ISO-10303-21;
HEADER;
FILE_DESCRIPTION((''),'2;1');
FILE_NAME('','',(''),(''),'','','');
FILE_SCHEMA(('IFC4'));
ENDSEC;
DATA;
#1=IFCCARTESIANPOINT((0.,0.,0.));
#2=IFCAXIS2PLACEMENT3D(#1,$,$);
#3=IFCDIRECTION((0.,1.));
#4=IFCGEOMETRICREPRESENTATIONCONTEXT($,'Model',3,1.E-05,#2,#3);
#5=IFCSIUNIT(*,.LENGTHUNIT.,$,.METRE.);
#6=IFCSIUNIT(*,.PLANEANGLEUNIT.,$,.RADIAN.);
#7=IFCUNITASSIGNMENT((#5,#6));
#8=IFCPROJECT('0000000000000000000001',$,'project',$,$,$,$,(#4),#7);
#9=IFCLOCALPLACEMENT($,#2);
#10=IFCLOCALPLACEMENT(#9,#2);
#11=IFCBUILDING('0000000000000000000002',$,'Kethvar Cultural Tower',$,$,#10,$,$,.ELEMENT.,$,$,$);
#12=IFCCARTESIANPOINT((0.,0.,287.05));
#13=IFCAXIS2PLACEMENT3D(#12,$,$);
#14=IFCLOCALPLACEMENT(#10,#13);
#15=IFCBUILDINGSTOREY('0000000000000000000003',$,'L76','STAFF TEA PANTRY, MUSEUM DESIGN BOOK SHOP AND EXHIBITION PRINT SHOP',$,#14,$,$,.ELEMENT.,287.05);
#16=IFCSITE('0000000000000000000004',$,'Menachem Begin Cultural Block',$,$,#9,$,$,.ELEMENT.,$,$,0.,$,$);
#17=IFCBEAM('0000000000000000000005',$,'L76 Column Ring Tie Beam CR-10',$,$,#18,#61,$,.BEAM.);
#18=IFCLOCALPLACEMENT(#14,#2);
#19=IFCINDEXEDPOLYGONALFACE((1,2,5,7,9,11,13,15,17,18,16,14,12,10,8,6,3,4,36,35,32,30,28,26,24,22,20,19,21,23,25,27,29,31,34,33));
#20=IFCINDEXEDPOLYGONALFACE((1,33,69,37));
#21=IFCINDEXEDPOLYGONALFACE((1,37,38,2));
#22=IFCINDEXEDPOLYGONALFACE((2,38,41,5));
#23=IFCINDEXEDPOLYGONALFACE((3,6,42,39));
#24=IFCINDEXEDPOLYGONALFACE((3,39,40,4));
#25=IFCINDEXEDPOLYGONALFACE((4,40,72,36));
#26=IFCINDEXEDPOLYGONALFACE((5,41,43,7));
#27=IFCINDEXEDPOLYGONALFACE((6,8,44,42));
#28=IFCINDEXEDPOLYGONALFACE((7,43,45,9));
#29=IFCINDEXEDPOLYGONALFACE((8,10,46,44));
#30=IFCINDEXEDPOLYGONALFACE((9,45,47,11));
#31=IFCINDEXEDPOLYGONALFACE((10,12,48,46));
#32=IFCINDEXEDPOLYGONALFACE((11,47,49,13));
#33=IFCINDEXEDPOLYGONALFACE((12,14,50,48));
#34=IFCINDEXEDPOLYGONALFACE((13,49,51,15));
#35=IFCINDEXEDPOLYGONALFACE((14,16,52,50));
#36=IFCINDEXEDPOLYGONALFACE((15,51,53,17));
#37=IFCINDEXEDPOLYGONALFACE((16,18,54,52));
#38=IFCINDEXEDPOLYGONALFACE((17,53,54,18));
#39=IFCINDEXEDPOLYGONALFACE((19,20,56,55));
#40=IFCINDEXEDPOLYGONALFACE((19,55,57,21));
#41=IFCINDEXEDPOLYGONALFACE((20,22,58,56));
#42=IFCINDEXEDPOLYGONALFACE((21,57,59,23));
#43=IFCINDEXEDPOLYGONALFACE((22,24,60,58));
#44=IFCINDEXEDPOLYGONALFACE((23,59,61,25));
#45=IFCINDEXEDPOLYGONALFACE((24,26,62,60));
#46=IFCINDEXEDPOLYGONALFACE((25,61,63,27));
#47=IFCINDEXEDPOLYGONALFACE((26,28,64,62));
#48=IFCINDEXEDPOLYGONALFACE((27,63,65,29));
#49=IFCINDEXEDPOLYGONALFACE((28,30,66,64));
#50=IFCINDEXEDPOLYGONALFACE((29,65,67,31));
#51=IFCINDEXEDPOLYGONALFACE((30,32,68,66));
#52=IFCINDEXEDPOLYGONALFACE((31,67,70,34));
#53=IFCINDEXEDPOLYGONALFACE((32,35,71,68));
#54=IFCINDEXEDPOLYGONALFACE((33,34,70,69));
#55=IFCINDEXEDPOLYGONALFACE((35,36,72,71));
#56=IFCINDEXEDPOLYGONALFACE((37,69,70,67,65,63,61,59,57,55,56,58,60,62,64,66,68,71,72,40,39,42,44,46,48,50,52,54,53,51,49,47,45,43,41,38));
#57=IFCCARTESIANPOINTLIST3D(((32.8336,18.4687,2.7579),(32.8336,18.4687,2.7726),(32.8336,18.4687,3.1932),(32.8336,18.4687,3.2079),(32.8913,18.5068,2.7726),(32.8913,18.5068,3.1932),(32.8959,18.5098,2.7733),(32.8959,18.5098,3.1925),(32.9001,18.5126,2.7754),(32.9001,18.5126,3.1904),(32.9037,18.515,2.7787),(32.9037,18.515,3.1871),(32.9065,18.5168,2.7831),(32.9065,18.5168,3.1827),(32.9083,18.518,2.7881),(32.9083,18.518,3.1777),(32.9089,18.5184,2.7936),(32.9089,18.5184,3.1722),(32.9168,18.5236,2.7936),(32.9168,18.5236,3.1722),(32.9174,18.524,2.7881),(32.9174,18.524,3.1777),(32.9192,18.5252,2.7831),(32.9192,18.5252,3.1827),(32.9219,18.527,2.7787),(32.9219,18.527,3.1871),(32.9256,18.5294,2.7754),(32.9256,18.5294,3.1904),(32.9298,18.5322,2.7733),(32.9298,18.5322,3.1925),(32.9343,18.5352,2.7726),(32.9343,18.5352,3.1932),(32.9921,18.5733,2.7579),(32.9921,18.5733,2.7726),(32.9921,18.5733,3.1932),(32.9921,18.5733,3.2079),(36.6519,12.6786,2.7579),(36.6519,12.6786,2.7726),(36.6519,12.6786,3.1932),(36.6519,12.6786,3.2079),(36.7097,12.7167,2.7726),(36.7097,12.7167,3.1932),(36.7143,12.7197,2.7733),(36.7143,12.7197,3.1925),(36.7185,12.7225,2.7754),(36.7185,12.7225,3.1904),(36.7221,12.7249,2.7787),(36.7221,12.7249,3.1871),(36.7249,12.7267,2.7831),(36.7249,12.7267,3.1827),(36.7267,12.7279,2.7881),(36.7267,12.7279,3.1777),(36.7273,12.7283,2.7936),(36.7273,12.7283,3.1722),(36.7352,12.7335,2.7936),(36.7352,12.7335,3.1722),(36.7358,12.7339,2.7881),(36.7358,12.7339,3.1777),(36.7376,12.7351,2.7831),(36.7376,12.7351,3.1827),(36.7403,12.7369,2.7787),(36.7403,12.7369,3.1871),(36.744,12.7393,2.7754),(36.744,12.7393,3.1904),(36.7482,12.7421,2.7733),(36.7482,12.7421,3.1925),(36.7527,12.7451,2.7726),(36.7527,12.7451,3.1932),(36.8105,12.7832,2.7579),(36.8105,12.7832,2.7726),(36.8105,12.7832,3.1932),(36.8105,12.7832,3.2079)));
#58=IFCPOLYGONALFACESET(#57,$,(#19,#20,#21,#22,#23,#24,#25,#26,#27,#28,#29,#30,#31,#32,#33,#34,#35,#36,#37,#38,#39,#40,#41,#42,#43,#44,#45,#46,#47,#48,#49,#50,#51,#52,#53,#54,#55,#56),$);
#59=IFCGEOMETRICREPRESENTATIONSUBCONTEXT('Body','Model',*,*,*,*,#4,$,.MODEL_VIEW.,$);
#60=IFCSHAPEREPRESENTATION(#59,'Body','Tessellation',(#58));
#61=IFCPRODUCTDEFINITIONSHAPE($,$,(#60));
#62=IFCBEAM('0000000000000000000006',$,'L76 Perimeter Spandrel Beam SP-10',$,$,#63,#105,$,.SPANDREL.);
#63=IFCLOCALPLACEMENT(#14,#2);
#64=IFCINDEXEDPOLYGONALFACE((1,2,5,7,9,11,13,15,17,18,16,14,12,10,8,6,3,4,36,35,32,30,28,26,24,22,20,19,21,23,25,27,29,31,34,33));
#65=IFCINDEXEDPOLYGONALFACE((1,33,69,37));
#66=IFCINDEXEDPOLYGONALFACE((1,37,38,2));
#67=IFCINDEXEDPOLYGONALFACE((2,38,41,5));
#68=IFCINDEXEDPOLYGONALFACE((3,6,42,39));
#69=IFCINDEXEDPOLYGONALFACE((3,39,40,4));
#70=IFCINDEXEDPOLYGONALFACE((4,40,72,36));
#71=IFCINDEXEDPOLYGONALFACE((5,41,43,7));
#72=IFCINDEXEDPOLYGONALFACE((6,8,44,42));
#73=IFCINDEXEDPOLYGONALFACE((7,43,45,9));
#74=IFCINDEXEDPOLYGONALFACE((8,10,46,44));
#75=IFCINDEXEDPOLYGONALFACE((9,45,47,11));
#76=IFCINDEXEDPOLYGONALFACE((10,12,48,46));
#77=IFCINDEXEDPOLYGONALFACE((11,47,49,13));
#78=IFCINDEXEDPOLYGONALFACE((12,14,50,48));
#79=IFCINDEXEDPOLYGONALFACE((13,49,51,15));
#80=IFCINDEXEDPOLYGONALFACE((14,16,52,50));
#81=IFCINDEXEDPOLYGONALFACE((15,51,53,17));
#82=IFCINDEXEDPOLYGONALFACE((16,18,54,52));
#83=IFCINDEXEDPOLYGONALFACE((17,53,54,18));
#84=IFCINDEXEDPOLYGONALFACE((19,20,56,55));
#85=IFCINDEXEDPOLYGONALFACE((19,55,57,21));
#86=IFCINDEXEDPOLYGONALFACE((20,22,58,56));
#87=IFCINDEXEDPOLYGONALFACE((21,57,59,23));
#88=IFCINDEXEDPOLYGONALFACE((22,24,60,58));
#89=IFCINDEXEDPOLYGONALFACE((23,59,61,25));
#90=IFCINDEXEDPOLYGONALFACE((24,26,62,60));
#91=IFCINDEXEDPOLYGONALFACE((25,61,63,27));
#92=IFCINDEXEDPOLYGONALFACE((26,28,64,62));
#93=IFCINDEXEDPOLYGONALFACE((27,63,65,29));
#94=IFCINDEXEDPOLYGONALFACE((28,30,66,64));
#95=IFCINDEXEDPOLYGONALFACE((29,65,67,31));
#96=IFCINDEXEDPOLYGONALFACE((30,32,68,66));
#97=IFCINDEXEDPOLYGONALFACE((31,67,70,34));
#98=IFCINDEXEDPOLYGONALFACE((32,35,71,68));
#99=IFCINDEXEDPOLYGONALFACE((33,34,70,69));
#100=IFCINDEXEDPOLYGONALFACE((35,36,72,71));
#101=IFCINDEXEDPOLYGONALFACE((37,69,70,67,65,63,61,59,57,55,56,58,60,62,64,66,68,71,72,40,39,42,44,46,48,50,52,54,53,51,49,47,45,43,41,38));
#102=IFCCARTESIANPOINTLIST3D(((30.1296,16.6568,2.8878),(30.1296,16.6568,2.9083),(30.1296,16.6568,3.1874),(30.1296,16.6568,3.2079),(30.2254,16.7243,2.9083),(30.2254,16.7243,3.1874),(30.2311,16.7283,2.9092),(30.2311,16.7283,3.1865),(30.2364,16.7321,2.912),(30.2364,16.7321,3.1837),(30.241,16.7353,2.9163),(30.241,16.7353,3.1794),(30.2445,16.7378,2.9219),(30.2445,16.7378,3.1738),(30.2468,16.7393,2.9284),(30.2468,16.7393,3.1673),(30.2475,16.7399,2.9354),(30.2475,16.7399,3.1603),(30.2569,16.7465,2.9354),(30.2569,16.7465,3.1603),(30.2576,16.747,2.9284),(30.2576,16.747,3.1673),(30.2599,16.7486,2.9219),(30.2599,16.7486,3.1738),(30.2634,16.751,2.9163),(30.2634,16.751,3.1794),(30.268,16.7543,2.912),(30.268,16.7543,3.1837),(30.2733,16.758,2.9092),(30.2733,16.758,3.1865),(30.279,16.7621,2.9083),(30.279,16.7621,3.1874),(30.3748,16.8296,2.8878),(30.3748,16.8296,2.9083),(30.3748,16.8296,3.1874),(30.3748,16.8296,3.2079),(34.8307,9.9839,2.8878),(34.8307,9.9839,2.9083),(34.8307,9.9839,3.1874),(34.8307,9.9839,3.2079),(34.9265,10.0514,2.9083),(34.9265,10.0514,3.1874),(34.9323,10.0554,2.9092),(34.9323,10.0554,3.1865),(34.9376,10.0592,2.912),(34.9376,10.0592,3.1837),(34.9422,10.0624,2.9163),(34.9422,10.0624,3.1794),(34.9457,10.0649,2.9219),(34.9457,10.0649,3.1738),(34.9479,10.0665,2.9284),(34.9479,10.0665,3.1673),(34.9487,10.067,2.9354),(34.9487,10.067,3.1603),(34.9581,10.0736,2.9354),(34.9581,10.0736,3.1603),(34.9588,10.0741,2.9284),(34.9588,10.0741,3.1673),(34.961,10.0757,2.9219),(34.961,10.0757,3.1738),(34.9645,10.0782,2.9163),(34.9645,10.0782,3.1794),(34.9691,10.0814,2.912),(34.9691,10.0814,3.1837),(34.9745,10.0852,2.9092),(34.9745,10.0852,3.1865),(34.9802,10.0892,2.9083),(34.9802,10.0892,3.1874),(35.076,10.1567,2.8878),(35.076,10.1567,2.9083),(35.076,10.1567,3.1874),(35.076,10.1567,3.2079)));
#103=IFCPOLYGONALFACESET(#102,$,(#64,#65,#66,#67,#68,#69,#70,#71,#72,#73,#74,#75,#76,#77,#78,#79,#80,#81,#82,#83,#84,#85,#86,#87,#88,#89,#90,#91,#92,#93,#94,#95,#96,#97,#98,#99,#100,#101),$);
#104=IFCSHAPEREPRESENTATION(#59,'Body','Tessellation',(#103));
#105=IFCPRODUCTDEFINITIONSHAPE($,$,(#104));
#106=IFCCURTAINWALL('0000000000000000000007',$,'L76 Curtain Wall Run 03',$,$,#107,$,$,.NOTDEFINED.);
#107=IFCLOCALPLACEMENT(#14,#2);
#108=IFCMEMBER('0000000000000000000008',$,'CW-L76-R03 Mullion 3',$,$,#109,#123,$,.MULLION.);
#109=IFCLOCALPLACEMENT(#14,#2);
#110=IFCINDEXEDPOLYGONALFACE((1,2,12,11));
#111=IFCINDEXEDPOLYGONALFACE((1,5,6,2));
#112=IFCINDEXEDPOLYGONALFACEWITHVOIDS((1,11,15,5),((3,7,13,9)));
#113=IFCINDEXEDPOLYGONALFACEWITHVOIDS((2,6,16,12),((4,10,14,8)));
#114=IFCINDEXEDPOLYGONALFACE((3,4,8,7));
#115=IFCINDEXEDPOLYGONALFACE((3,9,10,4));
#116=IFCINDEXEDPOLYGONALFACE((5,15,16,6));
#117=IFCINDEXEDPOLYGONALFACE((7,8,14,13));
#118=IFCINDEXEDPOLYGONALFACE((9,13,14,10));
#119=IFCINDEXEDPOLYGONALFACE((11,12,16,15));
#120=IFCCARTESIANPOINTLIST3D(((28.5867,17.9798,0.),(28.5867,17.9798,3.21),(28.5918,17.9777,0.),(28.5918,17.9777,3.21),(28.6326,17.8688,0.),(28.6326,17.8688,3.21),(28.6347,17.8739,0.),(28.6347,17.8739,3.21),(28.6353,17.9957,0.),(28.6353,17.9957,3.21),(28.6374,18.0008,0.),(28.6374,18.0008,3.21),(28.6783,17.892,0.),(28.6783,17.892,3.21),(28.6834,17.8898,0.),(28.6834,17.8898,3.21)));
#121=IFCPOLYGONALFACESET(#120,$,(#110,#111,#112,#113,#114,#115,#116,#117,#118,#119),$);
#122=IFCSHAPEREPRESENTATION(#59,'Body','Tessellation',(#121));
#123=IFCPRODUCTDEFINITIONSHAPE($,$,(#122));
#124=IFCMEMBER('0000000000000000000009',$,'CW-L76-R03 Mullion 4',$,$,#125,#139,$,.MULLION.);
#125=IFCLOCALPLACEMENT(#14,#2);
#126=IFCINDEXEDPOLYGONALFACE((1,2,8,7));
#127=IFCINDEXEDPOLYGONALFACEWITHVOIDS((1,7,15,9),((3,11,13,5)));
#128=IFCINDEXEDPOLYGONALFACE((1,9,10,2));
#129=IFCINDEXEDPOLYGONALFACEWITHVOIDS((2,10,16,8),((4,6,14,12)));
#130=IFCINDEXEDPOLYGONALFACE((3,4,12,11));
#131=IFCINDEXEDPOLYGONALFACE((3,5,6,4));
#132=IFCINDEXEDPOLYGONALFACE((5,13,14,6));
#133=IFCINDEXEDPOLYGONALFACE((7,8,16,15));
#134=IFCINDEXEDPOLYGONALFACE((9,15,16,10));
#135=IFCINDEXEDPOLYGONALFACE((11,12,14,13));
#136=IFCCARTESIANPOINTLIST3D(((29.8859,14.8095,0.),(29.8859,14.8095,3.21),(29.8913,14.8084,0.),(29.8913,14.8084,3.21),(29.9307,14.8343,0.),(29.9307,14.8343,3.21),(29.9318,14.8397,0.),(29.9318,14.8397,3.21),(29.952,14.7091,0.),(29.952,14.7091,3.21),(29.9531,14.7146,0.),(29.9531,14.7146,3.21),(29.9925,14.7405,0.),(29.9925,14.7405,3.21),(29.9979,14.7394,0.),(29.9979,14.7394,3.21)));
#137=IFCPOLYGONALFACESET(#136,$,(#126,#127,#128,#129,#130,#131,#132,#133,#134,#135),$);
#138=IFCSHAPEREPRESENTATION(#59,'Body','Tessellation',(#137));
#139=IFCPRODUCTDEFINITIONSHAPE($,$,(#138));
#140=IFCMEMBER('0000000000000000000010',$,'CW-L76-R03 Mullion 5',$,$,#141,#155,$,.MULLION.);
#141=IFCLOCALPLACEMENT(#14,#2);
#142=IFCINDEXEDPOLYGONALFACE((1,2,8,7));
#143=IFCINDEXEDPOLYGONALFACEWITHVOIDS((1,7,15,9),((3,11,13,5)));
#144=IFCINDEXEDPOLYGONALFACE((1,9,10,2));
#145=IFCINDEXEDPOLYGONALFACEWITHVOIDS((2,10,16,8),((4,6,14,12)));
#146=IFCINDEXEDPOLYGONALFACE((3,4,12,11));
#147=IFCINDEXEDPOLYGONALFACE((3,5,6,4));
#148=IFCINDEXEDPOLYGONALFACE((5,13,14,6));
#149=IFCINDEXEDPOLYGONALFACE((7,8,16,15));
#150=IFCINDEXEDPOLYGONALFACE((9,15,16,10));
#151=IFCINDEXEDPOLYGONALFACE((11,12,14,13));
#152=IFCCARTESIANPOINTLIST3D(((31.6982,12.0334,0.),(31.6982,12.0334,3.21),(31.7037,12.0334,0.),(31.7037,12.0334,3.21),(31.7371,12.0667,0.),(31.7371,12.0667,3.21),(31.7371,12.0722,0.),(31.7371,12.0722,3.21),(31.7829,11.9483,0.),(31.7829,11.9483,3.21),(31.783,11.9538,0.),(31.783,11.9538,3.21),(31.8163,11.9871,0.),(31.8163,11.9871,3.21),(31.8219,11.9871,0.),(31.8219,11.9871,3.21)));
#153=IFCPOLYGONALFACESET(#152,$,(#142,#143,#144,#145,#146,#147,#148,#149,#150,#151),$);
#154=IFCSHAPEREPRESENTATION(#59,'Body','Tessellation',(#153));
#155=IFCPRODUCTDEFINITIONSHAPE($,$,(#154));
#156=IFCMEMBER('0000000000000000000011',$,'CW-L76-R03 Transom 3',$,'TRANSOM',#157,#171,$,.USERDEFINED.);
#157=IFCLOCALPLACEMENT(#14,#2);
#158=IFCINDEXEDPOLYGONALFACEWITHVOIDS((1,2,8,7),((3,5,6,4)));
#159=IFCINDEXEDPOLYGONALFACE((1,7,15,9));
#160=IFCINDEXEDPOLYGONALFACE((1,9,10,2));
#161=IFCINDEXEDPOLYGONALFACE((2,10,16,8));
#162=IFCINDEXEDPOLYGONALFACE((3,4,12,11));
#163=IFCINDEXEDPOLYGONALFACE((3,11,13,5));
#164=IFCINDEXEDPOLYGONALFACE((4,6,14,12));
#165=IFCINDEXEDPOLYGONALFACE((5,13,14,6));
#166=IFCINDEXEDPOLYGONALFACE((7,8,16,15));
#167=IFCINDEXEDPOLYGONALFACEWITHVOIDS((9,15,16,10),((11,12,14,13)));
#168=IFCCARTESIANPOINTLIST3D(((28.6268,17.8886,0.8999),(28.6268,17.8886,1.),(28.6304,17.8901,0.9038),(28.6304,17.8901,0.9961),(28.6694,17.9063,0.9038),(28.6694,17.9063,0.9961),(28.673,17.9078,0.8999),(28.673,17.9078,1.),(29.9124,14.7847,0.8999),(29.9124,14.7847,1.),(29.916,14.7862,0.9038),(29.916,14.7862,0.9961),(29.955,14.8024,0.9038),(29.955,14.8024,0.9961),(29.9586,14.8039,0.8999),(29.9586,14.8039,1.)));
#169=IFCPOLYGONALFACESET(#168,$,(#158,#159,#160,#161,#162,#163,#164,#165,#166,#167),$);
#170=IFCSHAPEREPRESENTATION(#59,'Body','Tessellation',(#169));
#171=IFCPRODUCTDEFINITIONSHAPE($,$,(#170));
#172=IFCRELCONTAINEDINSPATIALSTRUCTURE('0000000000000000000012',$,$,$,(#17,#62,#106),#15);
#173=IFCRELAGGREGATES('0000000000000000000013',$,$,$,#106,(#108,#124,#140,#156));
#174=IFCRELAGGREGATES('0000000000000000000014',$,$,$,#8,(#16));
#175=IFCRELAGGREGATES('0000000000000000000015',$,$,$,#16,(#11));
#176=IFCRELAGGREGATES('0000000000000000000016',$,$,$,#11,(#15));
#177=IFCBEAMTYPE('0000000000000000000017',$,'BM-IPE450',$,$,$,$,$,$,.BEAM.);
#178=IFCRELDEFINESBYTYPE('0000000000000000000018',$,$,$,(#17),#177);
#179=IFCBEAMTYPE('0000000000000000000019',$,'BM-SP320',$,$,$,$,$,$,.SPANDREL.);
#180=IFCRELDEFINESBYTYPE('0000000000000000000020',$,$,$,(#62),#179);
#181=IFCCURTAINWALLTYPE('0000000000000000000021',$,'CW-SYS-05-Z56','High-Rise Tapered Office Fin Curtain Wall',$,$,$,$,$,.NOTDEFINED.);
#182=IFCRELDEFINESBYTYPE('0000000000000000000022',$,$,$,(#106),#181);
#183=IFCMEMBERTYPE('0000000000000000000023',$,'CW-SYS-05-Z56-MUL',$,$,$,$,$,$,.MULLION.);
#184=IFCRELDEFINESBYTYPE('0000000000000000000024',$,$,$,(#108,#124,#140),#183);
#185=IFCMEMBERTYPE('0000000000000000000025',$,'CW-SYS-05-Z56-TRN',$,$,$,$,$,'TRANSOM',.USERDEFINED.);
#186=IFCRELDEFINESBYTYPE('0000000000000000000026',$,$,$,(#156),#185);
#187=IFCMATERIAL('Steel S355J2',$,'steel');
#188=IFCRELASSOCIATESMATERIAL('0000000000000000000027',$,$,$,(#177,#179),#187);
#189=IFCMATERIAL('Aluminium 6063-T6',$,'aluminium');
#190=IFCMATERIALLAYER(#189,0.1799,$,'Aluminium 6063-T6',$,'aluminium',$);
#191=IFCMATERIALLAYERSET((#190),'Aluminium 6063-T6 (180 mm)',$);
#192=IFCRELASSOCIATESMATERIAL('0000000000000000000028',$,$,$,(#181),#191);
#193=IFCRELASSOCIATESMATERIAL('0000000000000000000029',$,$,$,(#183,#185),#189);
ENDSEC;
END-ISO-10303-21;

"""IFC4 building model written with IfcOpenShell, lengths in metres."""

from ifc_helpers import new_model, si_unit, direction, frame, origin, origin_2d, place, context, subcontext, project, spatial, hollow_rectangle, i_section, extrude, source, transform, mapped, material, layer, layer_set, material_profile, profile_set, type_object, element, aggregate, save


model = new_model("IFC4")

# Units and contexts
model_context = context("Model", 3, precision=1e-05, world=origin(), true_north=direction((0.0, 1.0)))
body_context = subcontext(model_context, "Body", "Model", "MODEL_VIEW")
ifc_project = project(units=[si_unit("LENGTHUNIT", "METRE"), si_unit("PLANEANGLEUNIT", "RADIAN")], contexts=[model_context])

# Site, building, storey
site_placement = place(None, origin())
site = spatial("IfcSite", under=ifc_project, at=site_placement, Name="Menachem Begin Cultural Block", CompositionType="ELEMENT", RefElevation=0.0)
building_placement = place(site_placement, origin())
building = spatial("IfcBuilding", under=site, at=building_placement, Name="Kethvar Cultural Tower", CompositionType="ELEMENT")
storey_placement = place(building_placement, frame((0.0, 0.0, 287.05)))
storey = spatial("IfcBuildingStorey", under=building, at=storey_placement, Name="L76", Description="STAFF TEA PANTRY, MUSEUM DESIGN BOOK SHOP AND EXHIBITION PRINT SHOP", CompositionType="ELEMENT", Elevation=287.05)

# Shared definitions
ifc_material_1 = material(Name="Steel S355J2", Category="steel")

# Beams
ifc_material_profile_1 = material_profile(ifc_material_1, i_section(OverallWidth=0.1899, OverallDepth=0.45, WebThickness=0.0095, FlangeThickness=0.0146, FilletRadius=0.021, at=origin_2d()), Name="Steel S355J2 — IPE450")
ifc_profile_set_1 = profile_set([ifc_material_profile_1], Name="Steel S355J2 — IPE450")
beam_type_1 = type_object("IfcBeamType", Name="BM-IPE450", PredefinedType="BEAM", material=ifc_profile_set_1)
ifc_material_profile_2 = material_profile(ifc_material_1, i_section(OverallWidth=0.3, OverallDepth=0.3201, WebThickness=0.0115, FlangeThickness=0.0205, FilletRadius=0.0271, at=origin_2d()), Name="Steel S355J2 — HEB320")
ifc_profile_set_2 = profile_set([ifc_material_profile_2], Name="Steel S355J2 — HEB320")
beam_type_2 = type_object("IfcBeamType", Name="BM-SP320", PredefinedType="SPANDREL", material=ifc_profile_set_2)
shared_shape_1 = source(origin(), body_context, "Body", "SweptSolid", [
    extrude(i_section(OverallWidth=0.1899, OverallDepth=0.45, WebThickness=0.0095, FlangeThickness=0.0146, FilletRadius=0.021, at=origin_2d()), origin(), (0.0, 0.0, 1.0), 6.9358),
])
beam_1_placement = place(storey_placement, frame((32.9128, 18.521, 2.9829), z_axis=(0.550534, -0.834813, 0.0), x_axis=(0.834813, 0.550534, 0.0)))
element("IfcBeam", 1, at=beam_1_placement, inside=storey, type_object=beam_type_1, Name="L76 Column Ring Tie Beam CR-10", PredefinedType="BEAM", context=body_context, shape_type="MappedRepresentation", body=[
    mapped(shared_shape_1, transform((0.0, 0.0, 0.0), scale=1.0)),
])
shared_shape_2 = source(origin(), body_context, "Body", "SweptSolid", [
    extrude(i_section(OverallWidth=0.3, OverallDepth=0.3201, WebThickness=0.0115, FlangeThickness=0.0205, FilletRadius=0.0271, at=origin_2d()), origin(), (0.0, 0.0, 1.0), 8.1626),
])
beam_2_placement = place(storey_placement, frame((30.2522, 16.7432, 3.0479), z_axis=(0.575941, -0.817491, 0.0), x_axis=(0.817491, 0.575941, 0.0)))
element("IfcBeam", 2, at=beam_2_placement, inside=storey, type_object=beam_type_2, Name="L76 Perimeter Spandrel Beam SP-10", PredefinedType="SPANDREL", context=body_context, shape_type="MappedRepresentation", body=[
    mapped(shared_shape_2, transform((0.0, 0.0, 0.0), scale=1.0)),
])

# Curtain wall, members
ifc_material_2 = material(Name="Aluminium 6063-T6", Category="aluminium")
ifc_layer_1 = layer(ifc_material_2, 0.1799, Name="Aluminium 6063-T6", Category="aluminium")
ifc_layer_set_1 = layer_set([ifc_layer_1], Name="Aluminium 6063-T6 (180 mm)")
curtain_wall_type = type_object("IfcCurtainWallType", Name="CW-SYS-05-Z56", Description="High-Rise Tapered Office Fin Curtain Wall", PredefinedType="NOTDEFINED", material=ifc_layer_set_1)
curtain_wall_placement = place(storey_placement, origin())
curtain_wall = element("IfcCurtainWall", 3, at=curtain_wall_placement, inside=storey, type_object=curtain_wall_type, Name="L76 Curtain Wall Run 03", PredefinedType="NOTDEFINED")
ifc_material_profile_3 = material_profile(ifc_material_2, hollow_rectangle(XDim=0.0549, YDim=0.1201, WallThickness=0.0039, at=origin_2d()), Name="Aluminium 6063-T6 — RHS120x55x4")
ifc_profile_set_3 = profile_set([ifc_material_profile_3], Name="Aluminium 6063-T6 — RHS120x55x4")
member_type_1 = type_object("IfcMemberType", Name="CW-SYS-05-Z56-MUL", PredefinedType="MULLION", material=ifc_profile_set_3)
shared_shape_3 = source(origin(), body_context, "Body", "SweptSolid", [
    extrude(hollow_rectangle(XDim=0.0549, YDim=0.1201, WallThickness=0.0039, at=origin_2d()), origin(), (0.0, 0.0, 1.0), 3.21),
])
member_1_placement = place(storey_placement, frame((28.635, 17.9348, 0.0), z_axis=(0.0, 0.0, 1.0), x_axis=(0.923893, 0.382651, 0.0)))
member_1 = element("IfcMember", 4, at=member_1_placement, type_object=member_type_1, Name="CW-L76-R03 Mullion 3", PredefinedType="MULLION", context=body_context, shape_type="MappedRepresentation", body=[
    mapped(shared_shape_3, transform((0.0, 0.0, 0.0), scale=1.0)),
])
member_2_placement = place(storey_placement, frame((29.9419, 14.7744, 0.0), z_axis=(0.0, 0.0, 1.0), x_axis=(0.835146, 0.550029, 0.0)))
member_2 = element("IfcMember", 5, at=member_2_placement, type_object=member_type_1, Name="CW-L76-R03 Mullion 4", PredefinedType="MULLION", context=body_context, shape_type="MappedRepresentation", body=[
    mapped(shared_shape_3, transform((0.0, 0.0, 0.0), scale=1.0)),
])
member_3_placement = place(storey_placement, frame((31.76, 12.0103, 0.0), z_axis=(0.0, 0.0, 1.0), x_axis=(0.708352, 0.705859, 0.0)))
member_3 = element("IfcMember", 6, at=member_3_placement, type_object=member_type_1, Name="CW-L76-R03 Mullion 5", PredefinedType="MULLION", context=body_context, shape_type="MappedRepresentation", body=[
    mapped(shared_shape_3, transform((0.0, 0.0, 0.0), scale=1.0)),
])
ifc_material_profile_4 = material_profile(ifc_material_2, hollow_rectangle(XDim=0.05, YDim=0.1001, WallThickness=0.0039, at=origin_2d()), Name="Aluminium 6063-T6 — RHS100x50x4")
ifc_profile_set_4 = profile_set([ifc_material_profile_4], Name="Aluminium 6063-T6 — RHS100x50x4")
member_type_2 = type_object("IfcMemberType", Name="CW-SYS-05-Z56-TRN", ElementType="TRANSOM", PredefinedType="USERDEFINED", material=ifc_profile_set_4)
shared_shape_4 = source(origin(), body_context, "Body", "SweptSolid", [
    extrude(hollow_rectangle(XDim=0.05, YDim=0.1001, WallThickness=0.0039, at=origin_2d()), origin(), (0.0, 0.0, 1.0), 3.3596),
])
member_4_placement = place(storey_placement, frame((28.6499, 17.8982, 0.95), z_axis=(0.382664, -0.923888, 0.0), x_axis=(0.923888, 0.382664, 0.0)))
member_4 = element("IfcMember", 7, at=member_4_placement, type_object=member_type_2, Name="CW-L76-R03 Transom 3", ObjectType="TRANSOM", PredefinedType="USERDEFINED", context=body_context, shape_type="MappedRepresentation", body=[
    mapped(shared_shape_4, transform((0.0, 0.0, 0.0), scale=1.0)),
])
aggregate(curtain_wall, [member_1, member_2, member_3, member_4])

save(model, "model.ifc")
